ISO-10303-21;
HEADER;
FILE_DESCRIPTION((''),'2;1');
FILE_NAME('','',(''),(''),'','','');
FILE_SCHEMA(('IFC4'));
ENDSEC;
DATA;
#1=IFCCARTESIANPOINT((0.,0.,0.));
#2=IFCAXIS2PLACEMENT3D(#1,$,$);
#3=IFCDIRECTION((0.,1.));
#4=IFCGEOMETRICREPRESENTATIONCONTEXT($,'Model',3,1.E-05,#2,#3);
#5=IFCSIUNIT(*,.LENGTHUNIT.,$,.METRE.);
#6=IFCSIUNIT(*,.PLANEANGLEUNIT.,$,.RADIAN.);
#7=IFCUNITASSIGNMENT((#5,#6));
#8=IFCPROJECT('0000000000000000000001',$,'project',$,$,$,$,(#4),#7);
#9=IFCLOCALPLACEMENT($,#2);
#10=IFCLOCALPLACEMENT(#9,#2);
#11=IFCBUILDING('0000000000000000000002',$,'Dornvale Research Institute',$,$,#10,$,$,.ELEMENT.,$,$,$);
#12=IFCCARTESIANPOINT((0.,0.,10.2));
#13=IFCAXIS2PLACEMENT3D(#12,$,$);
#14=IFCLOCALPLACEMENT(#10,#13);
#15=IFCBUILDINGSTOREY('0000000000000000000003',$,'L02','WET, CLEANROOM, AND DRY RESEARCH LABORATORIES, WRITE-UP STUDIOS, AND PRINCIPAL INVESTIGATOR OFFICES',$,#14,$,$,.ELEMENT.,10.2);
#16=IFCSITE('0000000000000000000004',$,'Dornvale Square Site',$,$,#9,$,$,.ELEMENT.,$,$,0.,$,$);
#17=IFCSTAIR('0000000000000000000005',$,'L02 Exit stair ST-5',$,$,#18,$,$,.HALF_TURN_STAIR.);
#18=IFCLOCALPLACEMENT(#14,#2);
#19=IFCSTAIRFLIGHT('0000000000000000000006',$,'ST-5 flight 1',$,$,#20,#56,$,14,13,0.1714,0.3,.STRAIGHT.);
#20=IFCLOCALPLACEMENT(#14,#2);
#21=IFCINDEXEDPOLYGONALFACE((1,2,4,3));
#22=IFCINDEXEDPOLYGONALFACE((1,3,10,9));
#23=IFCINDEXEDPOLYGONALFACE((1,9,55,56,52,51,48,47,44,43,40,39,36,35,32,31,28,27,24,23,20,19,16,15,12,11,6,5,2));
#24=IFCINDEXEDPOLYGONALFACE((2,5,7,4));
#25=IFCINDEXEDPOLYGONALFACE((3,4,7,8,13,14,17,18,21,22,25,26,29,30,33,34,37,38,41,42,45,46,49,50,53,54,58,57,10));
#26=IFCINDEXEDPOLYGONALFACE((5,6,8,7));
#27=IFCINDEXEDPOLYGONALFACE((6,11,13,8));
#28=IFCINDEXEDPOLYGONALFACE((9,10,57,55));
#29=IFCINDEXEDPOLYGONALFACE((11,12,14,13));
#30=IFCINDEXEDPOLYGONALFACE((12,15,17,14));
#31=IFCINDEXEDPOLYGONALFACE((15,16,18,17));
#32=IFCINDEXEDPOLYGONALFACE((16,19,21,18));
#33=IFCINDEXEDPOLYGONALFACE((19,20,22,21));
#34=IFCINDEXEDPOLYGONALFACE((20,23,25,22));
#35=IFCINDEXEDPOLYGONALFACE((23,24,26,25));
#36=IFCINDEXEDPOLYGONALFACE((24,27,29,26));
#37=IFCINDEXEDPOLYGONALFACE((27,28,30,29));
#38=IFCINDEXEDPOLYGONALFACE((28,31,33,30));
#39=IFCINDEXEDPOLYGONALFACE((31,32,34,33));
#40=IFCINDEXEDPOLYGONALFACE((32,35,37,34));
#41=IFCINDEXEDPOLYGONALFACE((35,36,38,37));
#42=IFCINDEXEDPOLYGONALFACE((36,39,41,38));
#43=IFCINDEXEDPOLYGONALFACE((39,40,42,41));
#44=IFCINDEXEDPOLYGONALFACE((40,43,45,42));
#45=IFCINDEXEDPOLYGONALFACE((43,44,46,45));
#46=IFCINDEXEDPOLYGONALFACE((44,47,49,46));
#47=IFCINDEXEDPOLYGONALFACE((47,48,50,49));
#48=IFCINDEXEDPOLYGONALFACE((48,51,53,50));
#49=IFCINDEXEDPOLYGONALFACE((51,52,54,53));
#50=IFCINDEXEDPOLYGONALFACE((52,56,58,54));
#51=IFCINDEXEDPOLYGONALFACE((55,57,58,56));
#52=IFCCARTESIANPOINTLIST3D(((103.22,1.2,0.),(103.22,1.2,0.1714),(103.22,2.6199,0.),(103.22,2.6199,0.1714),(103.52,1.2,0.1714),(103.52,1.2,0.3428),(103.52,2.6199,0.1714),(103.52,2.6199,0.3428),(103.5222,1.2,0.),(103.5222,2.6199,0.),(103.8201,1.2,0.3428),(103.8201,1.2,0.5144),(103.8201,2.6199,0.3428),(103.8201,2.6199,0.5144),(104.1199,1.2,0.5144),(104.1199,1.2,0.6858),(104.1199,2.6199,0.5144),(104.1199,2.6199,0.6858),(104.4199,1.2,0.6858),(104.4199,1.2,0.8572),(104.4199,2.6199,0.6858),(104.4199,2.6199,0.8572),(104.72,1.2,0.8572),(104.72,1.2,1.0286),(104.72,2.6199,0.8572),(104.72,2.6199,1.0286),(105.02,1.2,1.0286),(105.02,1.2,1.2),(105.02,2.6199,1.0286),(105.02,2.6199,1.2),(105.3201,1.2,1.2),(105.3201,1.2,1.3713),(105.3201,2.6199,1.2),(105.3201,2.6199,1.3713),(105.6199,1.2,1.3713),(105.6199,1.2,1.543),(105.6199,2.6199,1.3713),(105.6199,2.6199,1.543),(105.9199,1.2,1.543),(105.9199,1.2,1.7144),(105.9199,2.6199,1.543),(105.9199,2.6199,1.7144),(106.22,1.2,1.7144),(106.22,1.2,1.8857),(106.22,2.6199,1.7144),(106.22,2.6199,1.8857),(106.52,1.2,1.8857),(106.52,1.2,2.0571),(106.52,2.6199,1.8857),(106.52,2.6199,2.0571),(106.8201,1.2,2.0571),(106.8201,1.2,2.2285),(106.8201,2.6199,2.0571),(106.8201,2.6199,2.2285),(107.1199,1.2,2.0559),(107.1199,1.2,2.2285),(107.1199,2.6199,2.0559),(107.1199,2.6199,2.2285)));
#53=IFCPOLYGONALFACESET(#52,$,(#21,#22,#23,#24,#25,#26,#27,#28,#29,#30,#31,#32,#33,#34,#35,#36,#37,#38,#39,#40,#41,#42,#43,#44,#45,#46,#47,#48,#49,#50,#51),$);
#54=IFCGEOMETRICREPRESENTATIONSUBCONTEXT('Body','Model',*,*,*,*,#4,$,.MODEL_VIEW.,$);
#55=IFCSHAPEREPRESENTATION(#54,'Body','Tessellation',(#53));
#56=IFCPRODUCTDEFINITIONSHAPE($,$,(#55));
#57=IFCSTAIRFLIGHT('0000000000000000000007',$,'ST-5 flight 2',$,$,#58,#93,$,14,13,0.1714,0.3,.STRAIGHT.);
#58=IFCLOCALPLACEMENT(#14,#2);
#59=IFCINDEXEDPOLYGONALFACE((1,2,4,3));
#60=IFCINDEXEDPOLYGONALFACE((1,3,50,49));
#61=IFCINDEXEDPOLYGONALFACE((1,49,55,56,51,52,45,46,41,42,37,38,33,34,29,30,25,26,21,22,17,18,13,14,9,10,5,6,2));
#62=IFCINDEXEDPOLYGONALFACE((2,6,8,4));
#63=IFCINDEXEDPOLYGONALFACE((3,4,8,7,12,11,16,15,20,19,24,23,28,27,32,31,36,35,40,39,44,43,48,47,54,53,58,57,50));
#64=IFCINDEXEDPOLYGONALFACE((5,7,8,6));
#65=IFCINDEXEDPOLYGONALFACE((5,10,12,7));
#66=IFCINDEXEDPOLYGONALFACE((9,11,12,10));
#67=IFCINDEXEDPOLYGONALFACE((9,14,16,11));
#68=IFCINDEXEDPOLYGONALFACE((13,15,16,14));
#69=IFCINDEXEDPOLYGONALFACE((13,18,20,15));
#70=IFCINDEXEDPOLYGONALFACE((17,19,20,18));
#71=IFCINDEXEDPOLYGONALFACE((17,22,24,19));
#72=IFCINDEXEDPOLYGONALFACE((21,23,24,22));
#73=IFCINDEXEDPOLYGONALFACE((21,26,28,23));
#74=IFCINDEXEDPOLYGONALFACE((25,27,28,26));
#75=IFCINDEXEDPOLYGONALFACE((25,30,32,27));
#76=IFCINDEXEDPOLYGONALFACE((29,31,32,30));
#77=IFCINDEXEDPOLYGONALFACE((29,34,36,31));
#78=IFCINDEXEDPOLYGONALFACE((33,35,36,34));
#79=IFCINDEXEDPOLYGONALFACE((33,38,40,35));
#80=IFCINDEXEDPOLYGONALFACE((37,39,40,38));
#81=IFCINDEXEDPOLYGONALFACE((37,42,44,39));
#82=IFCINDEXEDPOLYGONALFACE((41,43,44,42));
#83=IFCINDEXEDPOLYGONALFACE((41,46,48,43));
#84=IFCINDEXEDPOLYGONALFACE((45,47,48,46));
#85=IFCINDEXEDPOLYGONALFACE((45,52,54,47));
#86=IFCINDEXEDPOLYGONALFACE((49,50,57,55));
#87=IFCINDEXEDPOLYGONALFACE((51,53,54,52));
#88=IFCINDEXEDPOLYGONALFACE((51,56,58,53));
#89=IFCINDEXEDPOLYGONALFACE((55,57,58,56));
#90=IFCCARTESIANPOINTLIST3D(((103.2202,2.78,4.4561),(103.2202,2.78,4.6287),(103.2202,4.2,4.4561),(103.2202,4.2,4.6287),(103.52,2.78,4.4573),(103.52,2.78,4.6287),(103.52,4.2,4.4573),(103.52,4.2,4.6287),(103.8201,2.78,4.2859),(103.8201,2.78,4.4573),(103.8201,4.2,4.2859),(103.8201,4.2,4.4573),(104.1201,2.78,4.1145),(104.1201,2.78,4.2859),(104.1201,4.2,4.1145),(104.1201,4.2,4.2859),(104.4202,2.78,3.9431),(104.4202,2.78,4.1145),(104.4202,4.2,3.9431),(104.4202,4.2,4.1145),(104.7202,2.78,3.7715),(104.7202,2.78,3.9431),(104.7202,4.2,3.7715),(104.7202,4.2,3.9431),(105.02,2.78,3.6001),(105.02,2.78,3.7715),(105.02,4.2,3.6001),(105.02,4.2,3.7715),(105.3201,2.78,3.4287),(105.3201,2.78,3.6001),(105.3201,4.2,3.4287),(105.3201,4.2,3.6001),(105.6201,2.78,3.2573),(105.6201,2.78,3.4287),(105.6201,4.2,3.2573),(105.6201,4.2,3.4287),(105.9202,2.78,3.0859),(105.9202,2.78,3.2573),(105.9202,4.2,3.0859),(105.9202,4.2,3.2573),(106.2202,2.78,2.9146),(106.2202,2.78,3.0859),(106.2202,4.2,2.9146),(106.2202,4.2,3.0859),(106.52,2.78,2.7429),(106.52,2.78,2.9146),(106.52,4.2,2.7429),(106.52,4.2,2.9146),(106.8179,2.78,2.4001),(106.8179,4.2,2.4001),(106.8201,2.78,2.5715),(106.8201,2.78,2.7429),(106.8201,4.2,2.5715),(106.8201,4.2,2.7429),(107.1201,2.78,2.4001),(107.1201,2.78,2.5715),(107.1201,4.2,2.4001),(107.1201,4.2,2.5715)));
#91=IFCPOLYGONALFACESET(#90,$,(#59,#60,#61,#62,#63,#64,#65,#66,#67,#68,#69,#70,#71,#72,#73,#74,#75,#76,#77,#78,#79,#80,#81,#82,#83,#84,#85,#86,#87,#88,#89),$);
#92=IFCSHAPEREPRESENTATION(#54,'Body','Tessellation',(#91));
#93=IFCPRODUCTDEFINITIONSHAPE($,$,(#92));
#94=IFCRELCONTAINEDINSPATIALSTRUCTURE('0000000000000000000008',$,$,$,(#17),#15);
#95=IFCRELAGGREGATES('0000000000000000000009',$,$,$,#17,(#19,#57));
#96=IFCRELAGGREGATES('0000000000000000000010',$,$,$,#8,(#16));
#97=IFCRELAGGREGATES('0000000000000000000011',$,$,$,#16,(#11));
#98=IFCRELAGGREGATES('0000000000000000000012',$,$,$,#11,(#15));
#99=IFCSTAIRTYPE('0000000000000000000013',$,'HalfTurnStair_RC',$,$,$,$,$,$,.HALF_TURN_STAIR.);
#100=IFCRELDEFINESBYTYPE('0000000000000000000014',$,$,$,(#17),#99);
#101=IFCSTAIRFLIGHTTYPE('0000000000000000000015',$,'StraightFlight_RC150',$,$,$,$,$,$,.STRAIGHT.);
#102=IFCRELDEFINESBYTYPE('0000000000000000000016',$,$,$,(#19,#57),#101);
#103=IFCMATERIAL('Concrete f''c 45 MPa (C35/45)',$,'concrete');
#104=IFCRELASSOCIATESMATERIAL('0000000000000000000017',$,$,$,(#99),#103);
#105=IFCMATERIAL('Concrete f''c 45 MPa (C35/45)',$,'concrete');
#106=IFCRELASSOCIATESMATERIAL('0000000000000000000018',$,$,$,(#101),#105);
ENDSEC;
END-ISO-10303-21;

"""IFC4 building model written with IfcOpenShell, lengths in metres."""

from ifc_helpers import new_model, si_unit, direction, frame, origin, place, context, subcontext, project, spatial, polyline, outline, extrude, material, type_object, element, aggregate, save


model = new_model("IFC4")

# Units and contexts
model_context = context("Model", 3, precision=1e-05, world=origin(), true_north=direction((0.0, 1.0)))
body_context = subcontext(model_context, "Body", "Model", "MODEL_VIEW")
ifc_project = project(units=[si_unit("LENGTHUNIT", "METRE"), si_unit("PLANEANGLEUNIT", "RADIAN")], contexts=[model_context])

# Site, building, storey
site_placement = place(None, origin())
site = spatial("IfcSite", under=ifc_project, at=site_placement, Name="Dornvale Square Site", CompositionType="ELEMENT", RefElevation=0.0)
building_placement = place(site_placement, origin())
building = spatial("IfcBuilding", under=site, at=building_placement, Name="Dornvale Research Institute", CompositionType="ELEMENT")
storey_placement = place(building_placement, frame((0.0, 0.0, 10.2)))
storey = spatial("IfcBuildingStorey", under=building, at=storey_placement, Name="L02", Description="WET, CLEANROOM, AND DRY RESEARCH LABORATORIES, WRITE-UP STUDIOS, AND PRINCIPAL INVESTIGATOR OFFICES", CompositionType="ELEMENT", Elevation=10.2)

# Stair, stair flights
ifc_material_1 = material(Name="Concrete f'c 45 MPa (C35/45)", Category="concrete")
stair_type = type_object("IfcStairType", Name="HalfTurnStair_RC", PredefinedType="HALF_TURN_STAIR", material=ifc_material_1)
stair_placement = place(storey_placement, origin())
stair = element("IfcStair", 1, at=stair_placement, inside=storey, type_object=stair_type, Name="L02 Exit stair ST-5", PredefinedType="HALF_TURN_STAIR")
ifc_material_2 = material(Name="Concrete f'c 45 MPa (C35/45)", Category="concrete")
stair_flight_type = type_object("IfcStairFlightType", Name="StraightFlight_RC150", PredefinedType="STRAIGHT", material=ifc_material_2)
stair_flight_1_placement = place(storey_placement, frame((103.22, 1.9099, 0.0), z_axis=(0.0, 0.0, 1.0), x_axis=(1.0, 0.0, 0.0)))
stair_flight_1 = element("IfcStairFlight", 2, at=stair_flight_1_placement, type_object=stair_flight_type, Name="ST-5 flight 1", NumberOfRisers=14, NumberOfTreads=13, PredefinedType="STRAIGHT", RiserHeight=0.1714, TreadLength=0.3, context=body_context, shape_type="SweptSolid", body=[
    extrude(outline(polyline([(0.0, 0.0), (0.0, 0.1714), (0.3, 0.1714), (0.3, 0.3428), (0.6001, 0.3428), (0.6001, 0.5144), (0.8999, 0.5144), (0.8999, 0.6858), (1.2, 0.6858), (1.2, 0.8572), (1.5, 0.8572), (1.5, 1.0286), (1.8, 1.0286), (1.8, 1.2), (2.1001, 1.2), (2.1001, 1.3713), (2.3999, 1.3713), (2.3999, 1.543), (2.7, 1.543), (2.7, 1.7144), (3.0, 1.7144), (3.0, 1.8857), (3.3, 1.8857), (3.3, 2.0571), (3.6001, 2.0571), (3.6001, 2.2285), (3.8999, 2.2285), (3.8999, 2.3999), (3.8999, 2.0559), (0.3022, 0.0), (0.0, 0.0)])), frame((0.0, 0.71, 0.0), z_axis=(0.0, -1.0, 0.0), x_axis=(1.0, 0.0, 0.0)), (0.0, 0.0, 1.0), 1.4199),
])
stair_flight_2_placement = place(storey_placement, frame((107.1201, 3.49, 2.4001), z_axis=(0.0, 0.0, 1.0), x_axis=(-1.0, 0.0, 0.0)))
stair_flight_2 = element("IfcStairFlight", 3, at=stair_flight_2_placement, type_object=stair_flight_type, Name="ST-5 flight 2", NumberOfRisers=14, NumberOfTreads=13, PredefinedType="STRAIGHT", RiserHeight=0.1714, TreadLength=0.3, context=body_context, shape_type="SweptSolid", body=[
    extrude(outline(polyline([(0.0, 0.0), (0.0, 0.1714), (0.3, 0.1714), (0.3, 0.3428), (0.6001, 0.3428), (0.6001, 0.5144), (0.8999, 0.5144), (0.8999, 0.6858), (1.2, 0.6858), (1.2, 0.8572), (1.5, 0.8572), (1.5, 1.0286), (1.8, 1.0286), (1.8, 1.2), (2.1001, 1.2), (2.1001, 1.3713), (2.3999, 1.3713), (2.3999, 1.543), (2.7, 1.543), (2.7, 1.7144), (3.0, 1.7144), (3.0, 1.8857), (3.3, 1.8857), (3.3, 2.0571), (3.6001, 2.0571), (3.6001, 2.2285), (3.8999, 2.2285), (3.8999, 2.3999), (3.8999, 2.0559), (0.3022, 0.0), (0.0, 0.0)])), frame((0.0, 0.71, 0.0), z_axis=(0.0, -1.0, 0.0), x_axis=(1.0, 0.0, 0.0)), (0.0, 0.0, 1.0), 1.4199),
])
aggregate(stair, [stair_flight_1, stair_flight_2])

save(model, "model.ifc")
